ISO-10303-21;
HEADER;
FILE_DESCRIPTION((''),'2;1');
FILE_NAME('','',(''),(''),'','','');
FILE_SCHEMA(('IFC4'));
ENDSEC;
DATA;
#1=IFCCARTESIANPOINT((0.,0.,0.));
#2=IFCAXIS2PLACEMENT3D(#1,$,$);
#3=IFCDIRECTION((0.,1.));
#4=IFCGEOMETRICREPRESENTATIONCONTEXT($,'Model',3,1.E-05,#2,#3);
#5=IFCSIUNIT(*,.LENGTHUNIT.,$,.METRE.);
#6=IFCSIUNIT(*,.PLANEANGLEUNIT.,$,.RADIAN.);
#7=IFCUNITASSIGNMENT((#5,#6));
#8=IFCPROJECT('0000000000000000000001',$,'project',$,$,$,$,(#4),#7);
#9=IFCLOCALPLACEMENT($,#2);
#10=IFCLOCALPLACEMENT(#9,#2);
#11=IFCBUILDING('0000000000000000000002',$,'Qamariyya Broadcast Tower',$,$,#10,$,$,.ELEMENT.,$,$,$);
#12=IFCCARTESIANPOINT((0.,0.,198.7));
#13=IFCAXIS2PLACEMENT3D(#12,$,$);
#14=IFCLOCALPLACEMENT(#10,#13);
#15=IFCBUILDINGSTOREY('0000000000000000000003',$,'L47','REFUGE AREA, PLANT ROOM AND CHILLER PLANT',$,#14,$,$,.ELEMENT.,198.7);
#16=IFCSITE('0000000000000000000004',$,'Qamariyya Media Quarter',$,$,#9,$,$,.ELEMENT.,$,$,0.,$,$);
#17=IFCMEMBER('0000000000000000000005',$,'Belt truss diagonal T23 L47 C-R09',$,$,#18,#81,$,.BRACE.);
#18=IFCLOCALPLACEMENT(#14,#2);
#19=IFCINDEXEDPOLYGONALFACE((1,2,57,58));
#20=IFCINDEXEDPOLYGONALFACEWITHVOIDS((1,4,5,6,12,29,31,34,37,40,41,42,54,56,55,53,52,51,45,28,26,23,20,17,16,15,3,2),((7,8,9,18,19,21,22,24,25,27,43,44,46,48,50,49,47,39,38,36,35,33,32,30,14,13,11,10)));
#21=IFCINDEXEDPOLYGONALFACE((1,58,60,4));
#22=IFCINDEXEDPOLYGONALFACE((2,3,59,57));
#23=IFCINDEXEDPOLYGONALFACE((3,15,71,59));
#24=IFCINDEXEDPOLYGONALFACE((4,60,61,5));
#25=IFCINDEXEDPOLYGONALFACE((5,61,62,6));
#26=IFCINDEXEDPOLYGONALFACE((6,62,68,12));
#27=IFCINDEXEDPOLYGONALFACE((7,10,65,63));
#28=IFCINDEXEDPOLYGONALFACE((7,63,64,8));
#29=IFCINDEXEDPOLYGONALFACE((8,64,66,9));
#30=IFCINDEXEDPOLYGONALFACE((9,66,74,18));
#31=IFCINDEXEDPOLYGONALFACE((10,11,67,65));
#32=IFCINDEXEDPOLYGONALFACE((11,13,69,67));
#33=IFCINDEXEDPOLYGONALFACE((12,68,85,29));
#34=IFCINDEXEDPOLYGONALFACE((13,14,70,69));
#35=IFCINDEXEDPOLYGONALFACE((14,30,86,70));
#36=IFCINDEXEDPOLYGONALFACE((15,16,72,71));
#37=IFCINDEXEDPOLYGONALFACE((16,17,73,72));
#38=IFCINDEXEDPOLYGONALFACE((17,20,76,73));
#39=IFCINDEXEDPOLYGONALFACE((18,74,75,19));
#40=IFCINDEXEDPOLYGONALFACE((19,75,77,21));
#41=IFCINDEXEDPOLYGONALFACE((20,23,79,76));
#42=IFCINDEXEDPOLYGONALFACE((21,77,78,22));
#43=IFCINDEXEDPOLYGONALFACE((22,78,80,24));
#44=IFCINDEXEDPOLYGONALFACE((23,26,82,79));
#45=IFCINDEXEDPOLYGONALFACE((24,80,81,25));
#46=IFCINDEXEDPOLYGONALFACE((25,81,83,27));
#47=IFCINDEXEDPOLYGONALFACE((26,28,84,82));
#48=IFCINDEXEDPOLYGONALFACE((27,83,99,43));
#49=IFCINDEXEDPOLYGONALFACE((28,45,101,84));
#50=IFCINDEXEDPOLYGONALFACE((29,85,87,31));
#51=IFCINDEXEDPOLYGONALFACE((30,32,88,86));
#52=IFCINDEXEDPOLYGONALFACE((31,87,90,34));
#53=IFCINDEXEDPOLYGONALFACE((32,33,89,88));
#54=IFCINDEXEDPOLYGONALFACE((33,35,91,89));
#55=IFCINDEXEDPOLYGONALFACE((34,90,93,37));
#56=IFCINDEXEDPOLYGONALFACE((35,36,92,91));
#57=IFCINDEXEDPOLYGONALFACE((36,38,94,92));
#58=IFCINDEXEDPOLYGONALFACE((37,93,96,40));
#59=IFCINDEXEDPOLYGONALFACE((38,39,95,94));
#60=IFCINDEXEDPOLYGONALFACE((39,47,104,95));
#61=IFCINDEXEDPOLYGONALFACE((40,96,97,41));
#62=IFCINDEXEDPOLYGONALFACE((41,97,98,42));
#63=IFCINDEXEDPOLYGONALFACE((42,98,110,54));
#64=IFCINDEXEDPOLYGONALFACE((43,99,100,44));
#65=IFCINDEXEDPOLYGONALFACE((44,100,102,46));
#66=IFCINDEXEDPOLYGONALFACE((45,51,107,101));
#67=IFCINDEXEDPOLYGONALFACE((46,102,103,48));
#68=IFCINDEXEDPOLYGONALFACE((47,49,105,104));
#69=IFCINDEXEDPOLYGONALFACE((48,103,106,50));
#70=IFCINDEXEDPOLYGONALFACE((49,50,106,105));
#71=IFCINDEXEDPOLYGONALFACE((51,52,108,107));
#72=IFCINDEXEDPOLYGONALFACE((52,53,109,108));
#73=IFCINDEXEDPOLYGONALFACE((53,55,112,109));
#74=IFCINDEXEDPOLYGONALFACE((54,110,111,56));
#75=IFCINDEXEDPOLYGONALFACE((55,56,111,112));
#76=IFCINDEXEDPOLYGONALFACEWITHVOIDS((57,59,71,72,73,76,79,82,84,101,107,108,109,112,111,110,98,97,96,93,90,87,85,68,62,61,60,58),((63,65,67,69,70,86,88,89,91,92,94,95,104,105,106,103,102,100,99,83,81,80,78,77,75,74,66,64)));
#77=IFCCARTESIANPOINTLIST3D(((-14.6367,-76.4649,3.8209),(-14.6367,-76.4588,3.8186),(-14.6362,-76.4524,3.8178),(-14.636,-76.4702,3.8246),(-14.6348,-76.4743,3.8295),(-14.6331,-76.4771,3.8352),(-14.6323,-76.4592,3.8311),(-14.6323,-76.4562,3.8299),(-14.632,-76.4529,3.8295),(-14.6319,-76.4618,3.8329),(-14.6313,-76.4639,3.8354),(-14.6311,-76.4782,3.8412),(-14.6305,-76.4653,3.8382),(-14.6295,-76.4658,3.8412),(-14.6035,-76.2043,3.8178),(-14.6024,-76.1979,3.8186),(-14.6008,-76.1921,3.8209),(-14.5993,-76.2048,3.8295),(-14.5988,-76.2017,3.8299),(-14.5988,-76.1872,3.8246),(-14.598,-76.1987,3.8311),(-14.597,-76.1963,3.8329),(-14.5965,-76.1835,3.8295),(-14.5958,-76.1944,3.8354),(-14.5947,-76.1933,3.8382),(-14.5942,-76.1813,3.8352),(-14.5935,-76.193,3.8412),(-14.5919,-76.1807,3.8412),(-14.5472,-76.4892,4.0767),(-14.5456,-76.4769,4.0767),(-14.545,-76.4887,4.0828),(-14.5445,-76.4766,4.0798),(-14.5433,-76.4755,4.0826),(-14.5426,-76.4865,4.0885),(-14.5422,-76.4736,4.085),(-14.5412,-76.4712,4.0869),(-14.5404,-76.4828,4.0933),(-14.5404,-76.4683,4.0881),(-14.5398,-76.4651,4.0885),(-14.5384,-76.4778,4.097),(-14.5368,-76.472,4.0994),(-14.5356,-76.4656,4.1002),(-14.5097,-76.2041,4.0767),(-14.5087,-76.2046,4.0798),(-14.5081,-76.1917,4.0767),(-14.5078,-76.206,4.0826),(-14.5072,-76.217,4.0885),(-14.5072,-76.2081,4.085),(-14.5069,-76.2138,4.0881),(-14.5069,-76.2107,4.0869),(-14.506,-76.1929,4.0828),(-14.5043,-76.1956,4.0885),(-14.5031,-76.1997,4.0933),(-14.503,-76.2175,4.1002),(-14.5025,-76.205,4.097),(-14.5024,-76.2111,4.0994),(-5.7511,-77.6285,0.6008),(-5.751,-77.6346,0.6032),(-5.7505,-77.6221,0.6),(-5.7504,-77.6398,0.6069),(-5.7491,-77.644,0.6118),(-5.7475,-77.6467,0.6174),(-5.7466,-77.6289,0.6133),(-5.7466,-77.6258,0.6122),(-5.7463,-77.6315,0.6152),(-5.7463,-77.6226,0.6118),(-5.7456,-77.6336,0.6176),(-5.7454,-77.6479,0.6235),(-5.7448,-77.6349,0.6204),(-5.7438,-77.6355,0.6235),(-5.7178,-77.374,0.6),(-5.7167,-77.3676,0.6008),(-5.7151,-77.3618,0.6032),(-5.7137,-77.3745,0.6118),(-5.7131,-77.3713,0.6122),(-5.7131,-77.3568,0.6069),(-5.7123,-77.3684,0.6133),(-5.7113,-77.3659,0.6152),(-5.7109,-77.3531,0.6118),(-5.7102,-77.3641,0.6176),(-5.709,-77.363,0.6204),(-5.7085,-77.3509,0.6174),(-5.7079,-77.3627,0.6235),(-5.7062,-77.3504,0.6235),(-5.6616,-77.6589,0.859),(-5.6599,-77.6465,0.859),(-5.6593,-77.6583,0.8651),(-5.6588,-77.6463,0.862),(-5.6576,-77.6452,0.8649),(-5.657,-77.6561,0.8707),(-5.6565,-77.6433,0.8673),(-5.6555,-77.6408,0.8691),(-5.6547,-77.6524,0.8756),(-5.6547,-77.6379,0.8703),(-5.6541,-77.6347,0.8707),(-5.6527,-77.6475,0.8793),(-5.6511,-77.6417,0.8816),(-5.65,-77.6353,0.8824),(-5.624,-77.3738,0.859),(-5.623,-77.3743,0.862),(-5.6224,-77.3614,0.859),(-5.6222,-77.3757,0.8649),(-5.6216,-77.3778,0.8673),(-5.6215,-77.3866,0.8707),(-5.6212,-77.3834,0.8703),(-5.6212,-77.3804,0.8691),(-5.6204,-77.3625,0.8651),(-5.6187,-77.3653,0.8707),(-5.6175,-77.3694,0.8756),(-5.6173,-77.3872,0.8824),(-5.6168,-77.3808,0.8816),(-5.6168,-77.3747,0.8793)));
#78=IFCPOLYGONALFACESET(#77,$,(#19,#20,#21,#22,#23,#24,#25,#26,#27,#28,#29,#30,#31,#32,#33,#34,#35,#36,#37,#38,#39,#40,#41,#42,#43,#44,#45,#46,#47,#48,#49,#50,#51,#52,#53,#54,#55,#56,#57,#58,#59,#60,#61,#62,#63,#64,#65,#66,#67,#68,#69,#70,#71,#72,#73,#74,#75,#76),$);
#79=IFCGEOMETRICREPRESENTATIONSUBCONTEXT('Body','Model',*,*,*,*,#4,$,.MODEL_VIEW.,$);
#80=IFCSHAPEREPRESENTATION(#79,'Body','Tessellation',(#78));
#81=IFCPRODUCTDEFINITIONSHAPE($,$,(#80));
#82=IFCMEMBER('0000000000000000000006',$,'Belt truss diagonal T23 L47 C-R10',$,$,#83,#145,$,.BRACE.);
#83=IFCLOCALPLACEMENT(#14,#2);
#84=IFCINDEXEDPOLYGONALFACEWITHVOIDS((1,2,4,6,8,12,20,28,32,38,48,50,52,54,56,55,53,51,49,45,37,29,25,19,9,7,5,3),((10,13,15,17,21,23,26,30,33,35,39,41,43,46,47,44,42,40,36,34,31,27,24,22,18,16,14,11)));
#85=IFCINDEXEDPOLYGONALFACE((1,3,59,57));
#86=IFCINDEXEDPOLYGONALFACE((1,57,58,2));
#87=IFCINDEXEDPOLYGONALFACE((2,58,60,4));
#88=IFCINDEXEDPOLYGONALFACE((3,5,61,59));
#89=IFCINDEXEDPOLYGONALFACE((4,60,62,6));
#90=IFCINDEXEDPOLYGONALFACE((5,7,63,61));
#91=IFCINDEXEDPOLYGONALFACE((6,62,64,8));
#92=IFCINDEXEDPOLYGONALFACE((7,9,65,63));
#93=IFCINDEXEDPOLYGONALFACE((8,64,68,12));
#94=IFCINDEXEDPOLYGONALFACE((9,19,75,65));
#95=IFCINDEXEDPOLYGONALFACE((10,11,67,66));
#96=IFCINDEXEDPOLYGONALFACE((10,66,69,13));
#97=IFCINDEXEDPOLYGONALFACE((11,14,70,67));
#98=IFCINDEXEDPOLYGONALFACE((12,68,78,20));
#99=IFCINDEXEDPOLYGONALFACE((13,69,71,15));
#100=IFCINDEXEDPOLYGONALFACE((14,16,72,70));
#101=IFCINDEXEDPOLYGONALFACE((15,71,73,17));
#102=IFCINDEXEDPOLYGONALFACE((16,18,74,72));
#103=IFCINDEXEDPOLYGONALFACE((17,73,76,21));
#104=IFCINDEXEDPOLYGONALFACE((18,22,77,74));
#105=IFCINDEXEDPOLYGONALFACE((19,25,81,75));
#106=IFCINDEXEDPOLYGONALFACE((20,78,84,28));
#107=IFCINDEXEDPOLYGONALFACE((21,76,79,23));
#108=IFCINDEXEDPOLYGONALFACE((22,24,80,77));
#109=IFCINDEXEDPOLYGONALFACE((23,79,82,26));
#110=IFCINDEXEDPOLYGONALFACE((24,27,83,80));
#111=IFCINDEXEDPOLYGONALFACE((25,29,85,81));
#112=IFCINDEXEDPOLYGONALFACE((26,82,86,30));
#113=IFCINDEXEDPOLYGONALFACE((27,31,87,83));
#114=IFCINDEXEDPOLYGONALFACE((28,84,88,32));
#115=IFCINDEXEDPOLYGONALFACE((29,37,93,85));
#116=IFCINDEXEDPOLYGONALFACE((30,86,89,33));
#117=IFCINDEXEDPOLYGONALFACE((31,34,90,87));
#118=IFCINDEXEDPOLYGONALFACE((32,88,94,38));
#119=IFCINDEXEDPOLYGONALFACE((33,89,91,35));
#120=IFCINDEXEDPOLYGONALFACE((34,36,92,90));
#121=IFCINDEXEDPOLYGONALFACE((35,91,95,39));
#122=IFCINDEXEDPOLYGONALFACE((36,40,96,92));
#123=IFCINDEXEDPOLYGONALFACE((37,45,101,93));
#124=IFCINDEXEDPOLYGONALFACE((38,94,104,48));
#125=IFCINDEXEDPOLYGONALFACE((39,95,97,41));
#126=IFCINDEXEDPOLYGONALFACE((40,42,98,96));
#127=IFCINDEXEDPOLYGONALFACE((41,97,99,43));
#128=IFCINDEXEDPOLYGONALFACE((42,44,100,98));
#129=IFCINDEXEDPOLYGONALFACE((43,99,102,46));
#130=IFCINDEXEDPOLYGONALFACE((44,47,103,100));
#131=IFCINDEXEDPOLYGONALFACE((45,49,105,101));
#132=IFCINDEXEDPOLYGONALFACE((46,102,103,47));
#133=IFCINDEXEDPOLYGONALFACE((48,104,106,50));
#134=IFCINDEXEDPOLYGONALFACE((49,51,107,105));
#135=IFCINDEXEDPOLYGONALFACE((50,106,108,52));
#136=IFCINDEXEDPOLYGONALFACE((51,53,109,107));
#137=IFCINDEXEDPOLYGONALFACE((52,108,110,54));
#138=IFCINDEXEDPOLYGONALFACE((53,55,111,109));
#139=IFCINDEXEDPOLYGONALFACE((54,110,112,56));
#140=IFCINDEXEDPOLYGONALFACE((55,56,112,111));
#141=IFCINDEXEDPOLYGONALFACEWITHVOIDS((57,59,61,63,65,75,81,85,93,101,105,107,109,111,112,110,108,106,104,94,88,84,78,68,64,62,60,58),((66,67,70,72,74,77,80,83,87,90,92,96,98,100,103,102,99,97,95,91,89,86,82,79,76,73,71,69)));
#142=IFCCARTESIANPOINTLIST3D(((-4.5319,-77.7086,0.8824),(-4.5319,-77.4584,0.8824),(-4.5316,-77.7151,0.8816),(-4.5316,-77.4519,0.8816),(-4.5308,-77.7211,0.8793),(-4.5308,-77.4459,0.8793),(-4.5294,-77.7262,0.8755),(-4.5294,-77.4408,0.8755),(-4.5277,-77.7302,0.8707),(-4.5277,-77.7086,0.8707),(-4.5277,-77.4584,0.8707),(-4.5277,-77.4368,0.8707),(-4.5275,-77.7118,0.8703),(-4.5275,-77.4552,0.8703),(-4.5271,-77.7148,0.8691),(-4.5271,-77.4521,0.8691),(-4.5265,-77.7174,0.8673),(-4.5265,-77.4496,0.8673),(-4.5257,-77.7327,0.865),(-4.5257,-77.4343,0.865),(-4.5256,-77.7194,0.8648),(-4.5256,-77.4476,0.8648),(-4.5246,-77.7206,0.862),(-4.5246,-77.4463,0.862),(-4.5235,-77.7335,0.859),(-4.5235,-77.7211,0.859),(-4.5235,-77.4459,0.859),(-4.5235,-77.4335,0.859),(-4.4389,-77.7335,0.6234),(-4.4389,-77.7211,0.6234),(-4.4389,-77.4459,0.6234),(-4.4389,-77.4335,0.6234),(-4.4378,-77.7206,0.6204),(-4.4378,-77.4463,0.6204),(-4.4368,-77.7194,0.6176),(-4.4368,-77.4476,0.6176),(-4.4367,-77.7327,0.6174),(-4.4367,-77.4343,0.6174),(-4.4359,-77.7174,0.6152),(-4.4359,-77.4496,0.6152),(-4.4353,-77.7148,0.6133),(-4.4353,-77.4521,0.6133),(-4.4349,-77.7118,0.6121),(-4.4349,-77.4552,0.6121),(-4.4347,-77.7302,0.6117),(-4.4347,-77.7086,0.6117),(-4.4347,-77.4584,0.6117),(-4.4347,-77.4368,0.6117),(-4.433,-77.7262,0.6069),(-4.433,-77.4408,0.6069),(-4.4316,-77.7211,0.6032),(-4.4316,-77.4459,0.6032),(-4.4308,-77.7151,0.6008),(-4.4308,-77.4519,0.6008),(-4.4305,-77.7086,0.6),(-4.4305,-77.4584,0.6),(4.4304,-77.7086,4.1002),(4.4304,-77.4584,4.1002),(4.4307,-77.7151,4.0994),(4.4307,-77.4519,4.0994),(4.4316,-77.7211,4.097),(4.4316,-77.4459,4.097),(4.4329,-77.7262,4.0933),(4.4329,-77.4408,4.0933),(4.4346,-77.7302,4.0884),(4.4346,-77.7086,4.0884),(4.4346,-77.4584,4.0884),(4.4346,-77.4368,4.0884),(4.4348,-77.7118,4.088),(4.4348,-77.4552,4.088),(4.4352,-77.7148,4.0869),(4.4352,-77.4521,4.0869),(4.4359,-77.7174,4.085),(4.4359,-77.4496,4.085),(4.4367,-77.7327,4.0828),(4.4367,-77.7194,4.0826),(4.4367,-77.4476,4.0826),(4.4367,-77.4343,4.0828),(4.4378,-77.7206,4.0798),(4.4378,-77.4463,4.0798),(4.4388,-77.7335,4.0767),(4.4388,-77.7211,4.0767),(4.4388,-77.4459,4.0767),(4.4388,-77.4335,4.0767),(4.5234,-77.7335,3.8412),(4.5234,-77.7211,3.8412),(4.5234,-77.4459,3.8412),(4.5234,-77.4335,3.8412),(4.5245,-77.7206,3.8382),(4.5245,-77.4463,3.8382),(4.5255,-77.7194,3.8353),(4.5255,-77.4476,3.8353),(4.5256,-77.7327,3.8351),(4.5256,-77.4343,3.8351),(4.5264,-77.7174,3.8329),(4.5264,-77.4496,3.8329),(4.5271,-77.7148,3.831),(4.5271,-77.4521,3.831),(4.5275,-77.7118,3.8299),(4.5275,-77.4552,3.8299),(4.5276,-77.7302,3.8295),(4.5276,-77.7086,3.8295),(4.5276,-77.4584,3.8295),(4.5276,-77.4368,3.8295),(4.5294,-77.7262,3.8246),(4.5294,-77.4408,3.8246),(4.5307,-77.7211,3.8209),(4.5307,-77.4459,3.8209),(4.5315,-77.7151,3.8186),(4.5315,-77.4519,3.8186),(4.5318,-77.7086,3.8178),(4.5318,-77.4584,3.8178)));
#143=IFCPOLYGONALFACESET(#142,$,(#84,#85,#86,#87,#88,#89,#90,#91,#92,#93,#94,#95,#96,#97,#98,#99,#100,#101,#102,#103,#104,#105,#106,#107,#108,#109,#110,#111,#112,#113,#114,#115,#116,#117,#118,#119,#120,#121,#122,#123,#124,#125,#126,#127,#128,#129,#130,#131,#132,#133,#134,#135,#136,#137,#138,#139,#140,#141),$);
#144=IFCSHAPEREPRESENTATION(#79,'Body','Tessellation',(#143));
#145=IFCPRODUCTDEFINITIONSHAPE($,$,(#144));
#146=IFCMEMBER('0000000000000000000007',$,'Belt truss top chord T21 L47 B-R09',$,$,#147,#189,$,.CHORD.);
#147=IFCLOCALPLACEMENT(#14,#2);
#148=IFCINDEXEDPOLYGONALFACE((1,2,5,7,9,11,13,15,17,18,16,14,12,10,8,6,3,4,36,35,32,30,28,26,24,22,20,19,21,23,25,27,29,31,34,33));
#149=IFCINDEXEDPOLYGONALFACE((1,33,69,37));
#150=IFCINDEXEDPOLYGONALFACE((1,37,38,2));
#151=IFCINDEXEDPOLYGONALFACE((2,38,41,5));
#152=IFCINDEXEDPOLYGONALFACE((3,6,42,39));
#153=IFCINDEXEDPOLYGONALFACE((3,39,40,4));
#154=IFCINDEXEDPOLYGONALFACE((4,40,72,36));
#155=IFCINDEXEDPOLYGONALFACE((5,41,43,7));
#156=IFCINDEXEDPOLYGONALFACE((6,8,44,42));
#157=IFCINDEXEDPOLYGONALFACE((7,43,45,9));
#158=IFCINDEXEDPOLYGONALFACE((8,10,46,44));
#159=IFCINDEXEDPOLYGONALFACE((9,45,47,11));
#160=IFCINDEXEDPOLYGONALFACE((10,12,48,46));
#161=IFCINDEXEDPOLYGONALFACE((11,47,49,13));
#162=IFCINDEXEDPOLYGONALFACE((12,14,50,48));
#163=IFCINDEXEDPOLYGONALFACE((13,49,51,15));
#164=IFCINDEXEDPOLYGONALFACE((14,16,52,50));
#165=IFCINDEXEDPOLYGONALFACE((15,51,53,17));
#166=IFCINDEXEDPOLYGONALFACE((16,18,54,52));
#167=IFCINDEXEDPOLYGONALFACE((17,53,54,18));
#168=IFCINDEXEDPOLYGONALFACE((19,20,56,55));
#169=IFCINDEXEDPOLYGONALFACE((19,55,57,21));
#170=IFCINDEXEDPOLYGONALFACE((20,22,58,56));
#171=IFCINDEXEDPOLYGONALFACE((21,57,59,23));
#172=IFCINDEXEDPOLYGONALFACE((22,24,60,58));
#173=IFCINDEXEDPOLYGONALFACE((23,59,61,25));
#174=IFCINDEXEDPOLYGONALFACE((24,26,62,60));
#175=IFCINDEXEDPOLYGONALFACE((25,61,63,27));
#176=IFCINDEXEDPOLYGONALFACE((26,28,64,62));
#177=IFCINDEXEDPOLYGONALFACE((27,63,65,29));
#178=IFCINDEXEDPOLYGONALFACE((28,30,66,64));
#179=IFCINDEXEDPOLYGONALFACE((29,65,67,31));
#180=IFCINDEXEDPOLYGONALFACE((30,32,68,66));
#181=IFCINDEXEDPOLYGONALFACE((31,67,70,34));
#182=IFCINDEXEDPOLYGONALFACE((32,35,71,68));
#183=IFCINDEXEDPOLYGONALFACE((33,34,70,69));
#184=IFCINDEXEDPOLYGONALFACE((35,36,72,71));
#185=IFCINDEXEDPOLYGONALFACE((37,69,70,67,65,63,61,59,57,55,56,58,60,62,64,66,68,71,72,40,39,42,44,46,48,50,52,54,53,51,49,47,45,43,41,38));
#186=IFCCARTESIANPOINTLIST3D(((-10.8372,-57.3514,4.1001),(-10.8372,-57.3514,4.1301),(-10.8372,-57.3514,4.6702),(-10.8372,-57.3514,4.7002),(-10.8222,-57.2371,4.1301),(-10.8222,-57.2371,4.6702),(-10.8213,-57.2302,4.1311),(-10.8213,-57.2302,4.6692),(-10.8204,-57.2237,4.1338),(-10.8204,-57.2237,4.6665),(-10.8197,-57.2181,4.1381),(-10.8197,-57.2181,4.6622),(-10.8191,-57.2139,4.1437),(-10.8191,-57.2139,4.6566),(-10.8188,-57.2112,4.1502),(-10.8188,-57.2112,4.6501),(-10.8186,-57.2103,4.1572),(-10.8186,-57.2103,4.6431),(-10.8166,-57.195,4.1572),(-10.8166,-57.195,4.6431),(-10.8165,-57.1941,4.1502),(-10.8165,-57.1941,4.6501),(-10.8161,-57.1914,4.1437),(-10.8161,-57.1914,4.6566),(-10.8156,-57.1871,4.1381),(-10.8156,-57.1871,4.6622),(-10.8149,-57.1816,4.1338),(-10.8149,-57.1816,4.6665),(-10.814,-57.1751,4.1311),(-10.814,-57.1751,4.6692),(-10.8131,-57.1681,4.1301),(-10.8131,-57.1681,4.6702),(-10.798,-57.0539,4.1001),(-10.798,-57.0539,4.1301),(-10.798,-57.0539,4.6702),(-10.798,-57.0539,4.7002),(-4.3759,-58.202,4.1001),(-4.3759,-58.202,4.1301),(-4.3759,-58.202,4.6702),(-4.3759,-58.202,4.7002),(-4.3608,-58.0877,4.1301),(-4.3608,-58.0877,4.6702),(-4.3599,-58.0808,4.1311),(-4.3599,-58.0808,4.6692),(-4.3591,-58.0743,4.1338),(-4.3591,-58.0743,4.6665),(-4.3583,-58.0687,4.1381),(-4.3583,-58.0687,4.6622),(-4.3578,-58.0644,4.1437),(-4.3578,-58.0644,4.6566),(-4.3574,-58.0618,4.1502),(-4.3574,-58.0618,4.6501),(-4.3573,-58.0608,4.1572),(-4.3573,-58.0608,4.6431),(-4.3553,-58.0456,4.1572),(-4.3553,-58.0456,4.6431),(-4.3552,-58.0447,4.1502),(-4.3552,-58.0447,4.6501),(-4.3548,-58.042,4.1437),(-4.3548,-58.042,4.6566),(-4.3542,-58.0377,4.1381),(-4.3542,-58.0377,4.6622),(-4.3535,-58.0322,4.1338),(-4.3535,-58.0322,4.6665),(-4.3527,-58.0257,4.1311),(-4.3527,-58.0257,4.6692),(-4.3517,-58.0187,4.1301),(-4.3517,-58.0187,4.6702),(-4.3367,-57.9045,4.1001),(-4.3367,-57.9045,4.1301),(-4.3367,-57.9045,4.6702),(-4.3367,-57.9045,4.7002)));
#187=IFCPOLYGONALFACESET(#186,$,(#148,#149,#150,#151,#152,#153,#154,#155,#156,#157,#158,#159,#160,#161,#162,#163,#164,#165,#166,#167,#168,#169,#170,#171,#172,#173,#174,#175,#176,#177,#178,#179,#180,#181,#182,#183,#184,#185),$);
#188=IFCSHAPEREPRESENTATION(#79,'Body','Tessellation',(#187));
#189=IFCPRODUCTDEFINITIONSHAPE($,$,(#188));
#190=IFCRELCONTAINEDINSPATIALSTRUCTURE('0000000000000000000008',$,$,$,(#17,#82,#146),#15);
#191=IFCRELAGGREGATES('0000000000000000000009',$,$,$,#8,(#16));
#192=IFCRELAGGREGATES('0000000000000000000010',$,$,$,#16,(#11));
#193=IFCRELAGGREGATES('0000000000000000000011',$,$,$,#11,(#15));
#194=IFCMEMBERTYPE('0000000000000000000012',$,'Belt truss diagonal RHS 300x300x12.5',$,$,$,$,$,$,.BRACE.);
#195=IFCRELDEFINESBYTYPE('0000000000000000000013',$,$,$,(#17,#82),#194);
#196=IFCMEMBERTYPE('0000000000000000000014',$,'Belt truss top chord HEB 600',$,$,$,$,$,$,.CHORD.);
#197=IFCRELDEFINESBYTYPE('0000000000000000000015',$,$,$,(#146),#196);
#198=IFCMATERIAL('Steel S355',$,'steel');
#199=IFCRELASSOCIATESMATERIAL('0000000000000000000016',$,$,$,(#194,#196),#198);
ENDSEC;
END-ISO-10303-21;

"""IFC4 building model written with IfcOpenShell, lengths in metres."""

from ifc_helpers import new_model, si_unit, direction, frame, origin, origin_2d, place, context, subcontext, project, spatial, hollow_rectangle, i_section, extrude, material, material_profile, profile_set, type_object, element, save


model = new_model("IFC4")

# Units and contexts
model_context = context("Model", 3, precision=1e-05, world=origin(), true_north=direction((0.0, 1.0)))
body_context = subcontext(model_context, "Body", "Model", "MODEL_VIEW")
ifc_project = project(units=[si_unit("LENGTHUNIT", "METRE"), si_unit("PLANEANGLEUNIT", "RADIAN")], contexts=[model_context])

# Site, building, storey
site_placement = place(None, origin())
site = spatial("IfcSite", under=ifc_project, at=site_placement, Name="Qamariyya Media Quarter", CompositionType="ELEMENT", RefElevation=0.0)
building_placement = place(site_placement, origin())
building = spatial("IfcBuilding", under=site, at=building_placement, Name="Qamariyya Broadcast Tower", CompositionType="ELEMENT")
storey_placement = place(building_placement, frame((0.0, 0.0, 198.7)))
storey = spatial("IfcBuildingStorey", under=building, at=storey_placement, Name="L47", Description="REFUGE AREA, PLANT ROOM AND CHILLER PLANT", CompositionType="ELEMENT", Elevation=198.7)

# Members
ifc_material_1 = material(Name="Steel S355", Category="steel")
ifc_material_profile_1 = material_profile(ifc_material_1, hollow_rectangle(XDim=0.3, YDim=0.3, WallThickness=0.0125, InnerFilletRadius=0.0125, OuterFilletRadius=0.0249, at=origin_2d()))
ifc_profile_set_1 = profile_set([ifc_material_profile_1], Name="Steel S355")
member_type_1 = type_object("IfcMemberType", Name="Belt truss diagonal RHS 300x300x12.5", PredefinedType="BRACE", material=ifc_profile_set_1)
for number, where, z_axis, x_axis, name in (
    (1, (-14.5696, -76.335, 3.959), (0.933128, -0.122833, -0.337912), (0.130509, 0.991447, 0.0), "Belt truss diagonal T23 L47 C-R09"),
    (2, (-4.4812, -77.5835, 0.7412), (0.941178, 0.0, 0.337911), (0.0, 1.0, 0.0), "Belt truss diagonal T23 L47 C-R10"),
):
    element("IfcMember", number, at=place(storey_placement, frame(where, z_axis=z_axis, x_axis=x_axis)), inside=storey, type_object=member_type_1, Name=name, PredefinedType="BRACE", context=body_context, shape_type="SweptSolid", body=[
        extrude(hollow_rectangle(XDim=0.3, YDim=0.3, WallThickness=0.0125, InnerFilletRadius=0.0125, OuterFilletRadius=0.0249, at=origin_2d()), origin(), (0.0, 0.0, 1.0), 9.5225),
    ])
ifc_material_profile_2 = material_profile(ifc_material_1, i_section(OverallWidth=0.3, OverallDepth=0.6001, WebThickness=0.0154, FlangeThickness=0.03, FilletRadius=0.0271, at=origin_2d()))
ifc_profile_set_2 = profile_set([ifc_material_profile_2], Name="Steel S355")
member_type_2 = type_object("IfcMemberType", Name="Belt truss top chord HEB 600", PredefinedType="CHORD", material=ifc_profile_set_2)
for number, where, z_axis, x_axis, name in (
    (3, (-10.8176, -57.2026, 4.4001), (0.991446, -0.130515, 0.0), (0.130515, 0.991446, 0.0), "Belt truss top chord T21 L47 B-R09"),
):
    element("IfcMember", number, at=place(storey_placement, frame(where, z_axis=z_axis, x_axis=x_axis)), inside=storey, type_object=member_type_2, Name=name, PredefinedType="CHORD", context=body_context, shape_type="SweptSolid", body=[
        extrude(i_section(OverallWidth=0.3, OverallDepth=0.6001, WebThickness=0.0154, FlangeThickness=0.03, FilletRadius=0.0271, at=origin_2d()), origin(), (0.0, 0.0, 1.0), 6.5171),
    ])

save(model, "model.ifc")
